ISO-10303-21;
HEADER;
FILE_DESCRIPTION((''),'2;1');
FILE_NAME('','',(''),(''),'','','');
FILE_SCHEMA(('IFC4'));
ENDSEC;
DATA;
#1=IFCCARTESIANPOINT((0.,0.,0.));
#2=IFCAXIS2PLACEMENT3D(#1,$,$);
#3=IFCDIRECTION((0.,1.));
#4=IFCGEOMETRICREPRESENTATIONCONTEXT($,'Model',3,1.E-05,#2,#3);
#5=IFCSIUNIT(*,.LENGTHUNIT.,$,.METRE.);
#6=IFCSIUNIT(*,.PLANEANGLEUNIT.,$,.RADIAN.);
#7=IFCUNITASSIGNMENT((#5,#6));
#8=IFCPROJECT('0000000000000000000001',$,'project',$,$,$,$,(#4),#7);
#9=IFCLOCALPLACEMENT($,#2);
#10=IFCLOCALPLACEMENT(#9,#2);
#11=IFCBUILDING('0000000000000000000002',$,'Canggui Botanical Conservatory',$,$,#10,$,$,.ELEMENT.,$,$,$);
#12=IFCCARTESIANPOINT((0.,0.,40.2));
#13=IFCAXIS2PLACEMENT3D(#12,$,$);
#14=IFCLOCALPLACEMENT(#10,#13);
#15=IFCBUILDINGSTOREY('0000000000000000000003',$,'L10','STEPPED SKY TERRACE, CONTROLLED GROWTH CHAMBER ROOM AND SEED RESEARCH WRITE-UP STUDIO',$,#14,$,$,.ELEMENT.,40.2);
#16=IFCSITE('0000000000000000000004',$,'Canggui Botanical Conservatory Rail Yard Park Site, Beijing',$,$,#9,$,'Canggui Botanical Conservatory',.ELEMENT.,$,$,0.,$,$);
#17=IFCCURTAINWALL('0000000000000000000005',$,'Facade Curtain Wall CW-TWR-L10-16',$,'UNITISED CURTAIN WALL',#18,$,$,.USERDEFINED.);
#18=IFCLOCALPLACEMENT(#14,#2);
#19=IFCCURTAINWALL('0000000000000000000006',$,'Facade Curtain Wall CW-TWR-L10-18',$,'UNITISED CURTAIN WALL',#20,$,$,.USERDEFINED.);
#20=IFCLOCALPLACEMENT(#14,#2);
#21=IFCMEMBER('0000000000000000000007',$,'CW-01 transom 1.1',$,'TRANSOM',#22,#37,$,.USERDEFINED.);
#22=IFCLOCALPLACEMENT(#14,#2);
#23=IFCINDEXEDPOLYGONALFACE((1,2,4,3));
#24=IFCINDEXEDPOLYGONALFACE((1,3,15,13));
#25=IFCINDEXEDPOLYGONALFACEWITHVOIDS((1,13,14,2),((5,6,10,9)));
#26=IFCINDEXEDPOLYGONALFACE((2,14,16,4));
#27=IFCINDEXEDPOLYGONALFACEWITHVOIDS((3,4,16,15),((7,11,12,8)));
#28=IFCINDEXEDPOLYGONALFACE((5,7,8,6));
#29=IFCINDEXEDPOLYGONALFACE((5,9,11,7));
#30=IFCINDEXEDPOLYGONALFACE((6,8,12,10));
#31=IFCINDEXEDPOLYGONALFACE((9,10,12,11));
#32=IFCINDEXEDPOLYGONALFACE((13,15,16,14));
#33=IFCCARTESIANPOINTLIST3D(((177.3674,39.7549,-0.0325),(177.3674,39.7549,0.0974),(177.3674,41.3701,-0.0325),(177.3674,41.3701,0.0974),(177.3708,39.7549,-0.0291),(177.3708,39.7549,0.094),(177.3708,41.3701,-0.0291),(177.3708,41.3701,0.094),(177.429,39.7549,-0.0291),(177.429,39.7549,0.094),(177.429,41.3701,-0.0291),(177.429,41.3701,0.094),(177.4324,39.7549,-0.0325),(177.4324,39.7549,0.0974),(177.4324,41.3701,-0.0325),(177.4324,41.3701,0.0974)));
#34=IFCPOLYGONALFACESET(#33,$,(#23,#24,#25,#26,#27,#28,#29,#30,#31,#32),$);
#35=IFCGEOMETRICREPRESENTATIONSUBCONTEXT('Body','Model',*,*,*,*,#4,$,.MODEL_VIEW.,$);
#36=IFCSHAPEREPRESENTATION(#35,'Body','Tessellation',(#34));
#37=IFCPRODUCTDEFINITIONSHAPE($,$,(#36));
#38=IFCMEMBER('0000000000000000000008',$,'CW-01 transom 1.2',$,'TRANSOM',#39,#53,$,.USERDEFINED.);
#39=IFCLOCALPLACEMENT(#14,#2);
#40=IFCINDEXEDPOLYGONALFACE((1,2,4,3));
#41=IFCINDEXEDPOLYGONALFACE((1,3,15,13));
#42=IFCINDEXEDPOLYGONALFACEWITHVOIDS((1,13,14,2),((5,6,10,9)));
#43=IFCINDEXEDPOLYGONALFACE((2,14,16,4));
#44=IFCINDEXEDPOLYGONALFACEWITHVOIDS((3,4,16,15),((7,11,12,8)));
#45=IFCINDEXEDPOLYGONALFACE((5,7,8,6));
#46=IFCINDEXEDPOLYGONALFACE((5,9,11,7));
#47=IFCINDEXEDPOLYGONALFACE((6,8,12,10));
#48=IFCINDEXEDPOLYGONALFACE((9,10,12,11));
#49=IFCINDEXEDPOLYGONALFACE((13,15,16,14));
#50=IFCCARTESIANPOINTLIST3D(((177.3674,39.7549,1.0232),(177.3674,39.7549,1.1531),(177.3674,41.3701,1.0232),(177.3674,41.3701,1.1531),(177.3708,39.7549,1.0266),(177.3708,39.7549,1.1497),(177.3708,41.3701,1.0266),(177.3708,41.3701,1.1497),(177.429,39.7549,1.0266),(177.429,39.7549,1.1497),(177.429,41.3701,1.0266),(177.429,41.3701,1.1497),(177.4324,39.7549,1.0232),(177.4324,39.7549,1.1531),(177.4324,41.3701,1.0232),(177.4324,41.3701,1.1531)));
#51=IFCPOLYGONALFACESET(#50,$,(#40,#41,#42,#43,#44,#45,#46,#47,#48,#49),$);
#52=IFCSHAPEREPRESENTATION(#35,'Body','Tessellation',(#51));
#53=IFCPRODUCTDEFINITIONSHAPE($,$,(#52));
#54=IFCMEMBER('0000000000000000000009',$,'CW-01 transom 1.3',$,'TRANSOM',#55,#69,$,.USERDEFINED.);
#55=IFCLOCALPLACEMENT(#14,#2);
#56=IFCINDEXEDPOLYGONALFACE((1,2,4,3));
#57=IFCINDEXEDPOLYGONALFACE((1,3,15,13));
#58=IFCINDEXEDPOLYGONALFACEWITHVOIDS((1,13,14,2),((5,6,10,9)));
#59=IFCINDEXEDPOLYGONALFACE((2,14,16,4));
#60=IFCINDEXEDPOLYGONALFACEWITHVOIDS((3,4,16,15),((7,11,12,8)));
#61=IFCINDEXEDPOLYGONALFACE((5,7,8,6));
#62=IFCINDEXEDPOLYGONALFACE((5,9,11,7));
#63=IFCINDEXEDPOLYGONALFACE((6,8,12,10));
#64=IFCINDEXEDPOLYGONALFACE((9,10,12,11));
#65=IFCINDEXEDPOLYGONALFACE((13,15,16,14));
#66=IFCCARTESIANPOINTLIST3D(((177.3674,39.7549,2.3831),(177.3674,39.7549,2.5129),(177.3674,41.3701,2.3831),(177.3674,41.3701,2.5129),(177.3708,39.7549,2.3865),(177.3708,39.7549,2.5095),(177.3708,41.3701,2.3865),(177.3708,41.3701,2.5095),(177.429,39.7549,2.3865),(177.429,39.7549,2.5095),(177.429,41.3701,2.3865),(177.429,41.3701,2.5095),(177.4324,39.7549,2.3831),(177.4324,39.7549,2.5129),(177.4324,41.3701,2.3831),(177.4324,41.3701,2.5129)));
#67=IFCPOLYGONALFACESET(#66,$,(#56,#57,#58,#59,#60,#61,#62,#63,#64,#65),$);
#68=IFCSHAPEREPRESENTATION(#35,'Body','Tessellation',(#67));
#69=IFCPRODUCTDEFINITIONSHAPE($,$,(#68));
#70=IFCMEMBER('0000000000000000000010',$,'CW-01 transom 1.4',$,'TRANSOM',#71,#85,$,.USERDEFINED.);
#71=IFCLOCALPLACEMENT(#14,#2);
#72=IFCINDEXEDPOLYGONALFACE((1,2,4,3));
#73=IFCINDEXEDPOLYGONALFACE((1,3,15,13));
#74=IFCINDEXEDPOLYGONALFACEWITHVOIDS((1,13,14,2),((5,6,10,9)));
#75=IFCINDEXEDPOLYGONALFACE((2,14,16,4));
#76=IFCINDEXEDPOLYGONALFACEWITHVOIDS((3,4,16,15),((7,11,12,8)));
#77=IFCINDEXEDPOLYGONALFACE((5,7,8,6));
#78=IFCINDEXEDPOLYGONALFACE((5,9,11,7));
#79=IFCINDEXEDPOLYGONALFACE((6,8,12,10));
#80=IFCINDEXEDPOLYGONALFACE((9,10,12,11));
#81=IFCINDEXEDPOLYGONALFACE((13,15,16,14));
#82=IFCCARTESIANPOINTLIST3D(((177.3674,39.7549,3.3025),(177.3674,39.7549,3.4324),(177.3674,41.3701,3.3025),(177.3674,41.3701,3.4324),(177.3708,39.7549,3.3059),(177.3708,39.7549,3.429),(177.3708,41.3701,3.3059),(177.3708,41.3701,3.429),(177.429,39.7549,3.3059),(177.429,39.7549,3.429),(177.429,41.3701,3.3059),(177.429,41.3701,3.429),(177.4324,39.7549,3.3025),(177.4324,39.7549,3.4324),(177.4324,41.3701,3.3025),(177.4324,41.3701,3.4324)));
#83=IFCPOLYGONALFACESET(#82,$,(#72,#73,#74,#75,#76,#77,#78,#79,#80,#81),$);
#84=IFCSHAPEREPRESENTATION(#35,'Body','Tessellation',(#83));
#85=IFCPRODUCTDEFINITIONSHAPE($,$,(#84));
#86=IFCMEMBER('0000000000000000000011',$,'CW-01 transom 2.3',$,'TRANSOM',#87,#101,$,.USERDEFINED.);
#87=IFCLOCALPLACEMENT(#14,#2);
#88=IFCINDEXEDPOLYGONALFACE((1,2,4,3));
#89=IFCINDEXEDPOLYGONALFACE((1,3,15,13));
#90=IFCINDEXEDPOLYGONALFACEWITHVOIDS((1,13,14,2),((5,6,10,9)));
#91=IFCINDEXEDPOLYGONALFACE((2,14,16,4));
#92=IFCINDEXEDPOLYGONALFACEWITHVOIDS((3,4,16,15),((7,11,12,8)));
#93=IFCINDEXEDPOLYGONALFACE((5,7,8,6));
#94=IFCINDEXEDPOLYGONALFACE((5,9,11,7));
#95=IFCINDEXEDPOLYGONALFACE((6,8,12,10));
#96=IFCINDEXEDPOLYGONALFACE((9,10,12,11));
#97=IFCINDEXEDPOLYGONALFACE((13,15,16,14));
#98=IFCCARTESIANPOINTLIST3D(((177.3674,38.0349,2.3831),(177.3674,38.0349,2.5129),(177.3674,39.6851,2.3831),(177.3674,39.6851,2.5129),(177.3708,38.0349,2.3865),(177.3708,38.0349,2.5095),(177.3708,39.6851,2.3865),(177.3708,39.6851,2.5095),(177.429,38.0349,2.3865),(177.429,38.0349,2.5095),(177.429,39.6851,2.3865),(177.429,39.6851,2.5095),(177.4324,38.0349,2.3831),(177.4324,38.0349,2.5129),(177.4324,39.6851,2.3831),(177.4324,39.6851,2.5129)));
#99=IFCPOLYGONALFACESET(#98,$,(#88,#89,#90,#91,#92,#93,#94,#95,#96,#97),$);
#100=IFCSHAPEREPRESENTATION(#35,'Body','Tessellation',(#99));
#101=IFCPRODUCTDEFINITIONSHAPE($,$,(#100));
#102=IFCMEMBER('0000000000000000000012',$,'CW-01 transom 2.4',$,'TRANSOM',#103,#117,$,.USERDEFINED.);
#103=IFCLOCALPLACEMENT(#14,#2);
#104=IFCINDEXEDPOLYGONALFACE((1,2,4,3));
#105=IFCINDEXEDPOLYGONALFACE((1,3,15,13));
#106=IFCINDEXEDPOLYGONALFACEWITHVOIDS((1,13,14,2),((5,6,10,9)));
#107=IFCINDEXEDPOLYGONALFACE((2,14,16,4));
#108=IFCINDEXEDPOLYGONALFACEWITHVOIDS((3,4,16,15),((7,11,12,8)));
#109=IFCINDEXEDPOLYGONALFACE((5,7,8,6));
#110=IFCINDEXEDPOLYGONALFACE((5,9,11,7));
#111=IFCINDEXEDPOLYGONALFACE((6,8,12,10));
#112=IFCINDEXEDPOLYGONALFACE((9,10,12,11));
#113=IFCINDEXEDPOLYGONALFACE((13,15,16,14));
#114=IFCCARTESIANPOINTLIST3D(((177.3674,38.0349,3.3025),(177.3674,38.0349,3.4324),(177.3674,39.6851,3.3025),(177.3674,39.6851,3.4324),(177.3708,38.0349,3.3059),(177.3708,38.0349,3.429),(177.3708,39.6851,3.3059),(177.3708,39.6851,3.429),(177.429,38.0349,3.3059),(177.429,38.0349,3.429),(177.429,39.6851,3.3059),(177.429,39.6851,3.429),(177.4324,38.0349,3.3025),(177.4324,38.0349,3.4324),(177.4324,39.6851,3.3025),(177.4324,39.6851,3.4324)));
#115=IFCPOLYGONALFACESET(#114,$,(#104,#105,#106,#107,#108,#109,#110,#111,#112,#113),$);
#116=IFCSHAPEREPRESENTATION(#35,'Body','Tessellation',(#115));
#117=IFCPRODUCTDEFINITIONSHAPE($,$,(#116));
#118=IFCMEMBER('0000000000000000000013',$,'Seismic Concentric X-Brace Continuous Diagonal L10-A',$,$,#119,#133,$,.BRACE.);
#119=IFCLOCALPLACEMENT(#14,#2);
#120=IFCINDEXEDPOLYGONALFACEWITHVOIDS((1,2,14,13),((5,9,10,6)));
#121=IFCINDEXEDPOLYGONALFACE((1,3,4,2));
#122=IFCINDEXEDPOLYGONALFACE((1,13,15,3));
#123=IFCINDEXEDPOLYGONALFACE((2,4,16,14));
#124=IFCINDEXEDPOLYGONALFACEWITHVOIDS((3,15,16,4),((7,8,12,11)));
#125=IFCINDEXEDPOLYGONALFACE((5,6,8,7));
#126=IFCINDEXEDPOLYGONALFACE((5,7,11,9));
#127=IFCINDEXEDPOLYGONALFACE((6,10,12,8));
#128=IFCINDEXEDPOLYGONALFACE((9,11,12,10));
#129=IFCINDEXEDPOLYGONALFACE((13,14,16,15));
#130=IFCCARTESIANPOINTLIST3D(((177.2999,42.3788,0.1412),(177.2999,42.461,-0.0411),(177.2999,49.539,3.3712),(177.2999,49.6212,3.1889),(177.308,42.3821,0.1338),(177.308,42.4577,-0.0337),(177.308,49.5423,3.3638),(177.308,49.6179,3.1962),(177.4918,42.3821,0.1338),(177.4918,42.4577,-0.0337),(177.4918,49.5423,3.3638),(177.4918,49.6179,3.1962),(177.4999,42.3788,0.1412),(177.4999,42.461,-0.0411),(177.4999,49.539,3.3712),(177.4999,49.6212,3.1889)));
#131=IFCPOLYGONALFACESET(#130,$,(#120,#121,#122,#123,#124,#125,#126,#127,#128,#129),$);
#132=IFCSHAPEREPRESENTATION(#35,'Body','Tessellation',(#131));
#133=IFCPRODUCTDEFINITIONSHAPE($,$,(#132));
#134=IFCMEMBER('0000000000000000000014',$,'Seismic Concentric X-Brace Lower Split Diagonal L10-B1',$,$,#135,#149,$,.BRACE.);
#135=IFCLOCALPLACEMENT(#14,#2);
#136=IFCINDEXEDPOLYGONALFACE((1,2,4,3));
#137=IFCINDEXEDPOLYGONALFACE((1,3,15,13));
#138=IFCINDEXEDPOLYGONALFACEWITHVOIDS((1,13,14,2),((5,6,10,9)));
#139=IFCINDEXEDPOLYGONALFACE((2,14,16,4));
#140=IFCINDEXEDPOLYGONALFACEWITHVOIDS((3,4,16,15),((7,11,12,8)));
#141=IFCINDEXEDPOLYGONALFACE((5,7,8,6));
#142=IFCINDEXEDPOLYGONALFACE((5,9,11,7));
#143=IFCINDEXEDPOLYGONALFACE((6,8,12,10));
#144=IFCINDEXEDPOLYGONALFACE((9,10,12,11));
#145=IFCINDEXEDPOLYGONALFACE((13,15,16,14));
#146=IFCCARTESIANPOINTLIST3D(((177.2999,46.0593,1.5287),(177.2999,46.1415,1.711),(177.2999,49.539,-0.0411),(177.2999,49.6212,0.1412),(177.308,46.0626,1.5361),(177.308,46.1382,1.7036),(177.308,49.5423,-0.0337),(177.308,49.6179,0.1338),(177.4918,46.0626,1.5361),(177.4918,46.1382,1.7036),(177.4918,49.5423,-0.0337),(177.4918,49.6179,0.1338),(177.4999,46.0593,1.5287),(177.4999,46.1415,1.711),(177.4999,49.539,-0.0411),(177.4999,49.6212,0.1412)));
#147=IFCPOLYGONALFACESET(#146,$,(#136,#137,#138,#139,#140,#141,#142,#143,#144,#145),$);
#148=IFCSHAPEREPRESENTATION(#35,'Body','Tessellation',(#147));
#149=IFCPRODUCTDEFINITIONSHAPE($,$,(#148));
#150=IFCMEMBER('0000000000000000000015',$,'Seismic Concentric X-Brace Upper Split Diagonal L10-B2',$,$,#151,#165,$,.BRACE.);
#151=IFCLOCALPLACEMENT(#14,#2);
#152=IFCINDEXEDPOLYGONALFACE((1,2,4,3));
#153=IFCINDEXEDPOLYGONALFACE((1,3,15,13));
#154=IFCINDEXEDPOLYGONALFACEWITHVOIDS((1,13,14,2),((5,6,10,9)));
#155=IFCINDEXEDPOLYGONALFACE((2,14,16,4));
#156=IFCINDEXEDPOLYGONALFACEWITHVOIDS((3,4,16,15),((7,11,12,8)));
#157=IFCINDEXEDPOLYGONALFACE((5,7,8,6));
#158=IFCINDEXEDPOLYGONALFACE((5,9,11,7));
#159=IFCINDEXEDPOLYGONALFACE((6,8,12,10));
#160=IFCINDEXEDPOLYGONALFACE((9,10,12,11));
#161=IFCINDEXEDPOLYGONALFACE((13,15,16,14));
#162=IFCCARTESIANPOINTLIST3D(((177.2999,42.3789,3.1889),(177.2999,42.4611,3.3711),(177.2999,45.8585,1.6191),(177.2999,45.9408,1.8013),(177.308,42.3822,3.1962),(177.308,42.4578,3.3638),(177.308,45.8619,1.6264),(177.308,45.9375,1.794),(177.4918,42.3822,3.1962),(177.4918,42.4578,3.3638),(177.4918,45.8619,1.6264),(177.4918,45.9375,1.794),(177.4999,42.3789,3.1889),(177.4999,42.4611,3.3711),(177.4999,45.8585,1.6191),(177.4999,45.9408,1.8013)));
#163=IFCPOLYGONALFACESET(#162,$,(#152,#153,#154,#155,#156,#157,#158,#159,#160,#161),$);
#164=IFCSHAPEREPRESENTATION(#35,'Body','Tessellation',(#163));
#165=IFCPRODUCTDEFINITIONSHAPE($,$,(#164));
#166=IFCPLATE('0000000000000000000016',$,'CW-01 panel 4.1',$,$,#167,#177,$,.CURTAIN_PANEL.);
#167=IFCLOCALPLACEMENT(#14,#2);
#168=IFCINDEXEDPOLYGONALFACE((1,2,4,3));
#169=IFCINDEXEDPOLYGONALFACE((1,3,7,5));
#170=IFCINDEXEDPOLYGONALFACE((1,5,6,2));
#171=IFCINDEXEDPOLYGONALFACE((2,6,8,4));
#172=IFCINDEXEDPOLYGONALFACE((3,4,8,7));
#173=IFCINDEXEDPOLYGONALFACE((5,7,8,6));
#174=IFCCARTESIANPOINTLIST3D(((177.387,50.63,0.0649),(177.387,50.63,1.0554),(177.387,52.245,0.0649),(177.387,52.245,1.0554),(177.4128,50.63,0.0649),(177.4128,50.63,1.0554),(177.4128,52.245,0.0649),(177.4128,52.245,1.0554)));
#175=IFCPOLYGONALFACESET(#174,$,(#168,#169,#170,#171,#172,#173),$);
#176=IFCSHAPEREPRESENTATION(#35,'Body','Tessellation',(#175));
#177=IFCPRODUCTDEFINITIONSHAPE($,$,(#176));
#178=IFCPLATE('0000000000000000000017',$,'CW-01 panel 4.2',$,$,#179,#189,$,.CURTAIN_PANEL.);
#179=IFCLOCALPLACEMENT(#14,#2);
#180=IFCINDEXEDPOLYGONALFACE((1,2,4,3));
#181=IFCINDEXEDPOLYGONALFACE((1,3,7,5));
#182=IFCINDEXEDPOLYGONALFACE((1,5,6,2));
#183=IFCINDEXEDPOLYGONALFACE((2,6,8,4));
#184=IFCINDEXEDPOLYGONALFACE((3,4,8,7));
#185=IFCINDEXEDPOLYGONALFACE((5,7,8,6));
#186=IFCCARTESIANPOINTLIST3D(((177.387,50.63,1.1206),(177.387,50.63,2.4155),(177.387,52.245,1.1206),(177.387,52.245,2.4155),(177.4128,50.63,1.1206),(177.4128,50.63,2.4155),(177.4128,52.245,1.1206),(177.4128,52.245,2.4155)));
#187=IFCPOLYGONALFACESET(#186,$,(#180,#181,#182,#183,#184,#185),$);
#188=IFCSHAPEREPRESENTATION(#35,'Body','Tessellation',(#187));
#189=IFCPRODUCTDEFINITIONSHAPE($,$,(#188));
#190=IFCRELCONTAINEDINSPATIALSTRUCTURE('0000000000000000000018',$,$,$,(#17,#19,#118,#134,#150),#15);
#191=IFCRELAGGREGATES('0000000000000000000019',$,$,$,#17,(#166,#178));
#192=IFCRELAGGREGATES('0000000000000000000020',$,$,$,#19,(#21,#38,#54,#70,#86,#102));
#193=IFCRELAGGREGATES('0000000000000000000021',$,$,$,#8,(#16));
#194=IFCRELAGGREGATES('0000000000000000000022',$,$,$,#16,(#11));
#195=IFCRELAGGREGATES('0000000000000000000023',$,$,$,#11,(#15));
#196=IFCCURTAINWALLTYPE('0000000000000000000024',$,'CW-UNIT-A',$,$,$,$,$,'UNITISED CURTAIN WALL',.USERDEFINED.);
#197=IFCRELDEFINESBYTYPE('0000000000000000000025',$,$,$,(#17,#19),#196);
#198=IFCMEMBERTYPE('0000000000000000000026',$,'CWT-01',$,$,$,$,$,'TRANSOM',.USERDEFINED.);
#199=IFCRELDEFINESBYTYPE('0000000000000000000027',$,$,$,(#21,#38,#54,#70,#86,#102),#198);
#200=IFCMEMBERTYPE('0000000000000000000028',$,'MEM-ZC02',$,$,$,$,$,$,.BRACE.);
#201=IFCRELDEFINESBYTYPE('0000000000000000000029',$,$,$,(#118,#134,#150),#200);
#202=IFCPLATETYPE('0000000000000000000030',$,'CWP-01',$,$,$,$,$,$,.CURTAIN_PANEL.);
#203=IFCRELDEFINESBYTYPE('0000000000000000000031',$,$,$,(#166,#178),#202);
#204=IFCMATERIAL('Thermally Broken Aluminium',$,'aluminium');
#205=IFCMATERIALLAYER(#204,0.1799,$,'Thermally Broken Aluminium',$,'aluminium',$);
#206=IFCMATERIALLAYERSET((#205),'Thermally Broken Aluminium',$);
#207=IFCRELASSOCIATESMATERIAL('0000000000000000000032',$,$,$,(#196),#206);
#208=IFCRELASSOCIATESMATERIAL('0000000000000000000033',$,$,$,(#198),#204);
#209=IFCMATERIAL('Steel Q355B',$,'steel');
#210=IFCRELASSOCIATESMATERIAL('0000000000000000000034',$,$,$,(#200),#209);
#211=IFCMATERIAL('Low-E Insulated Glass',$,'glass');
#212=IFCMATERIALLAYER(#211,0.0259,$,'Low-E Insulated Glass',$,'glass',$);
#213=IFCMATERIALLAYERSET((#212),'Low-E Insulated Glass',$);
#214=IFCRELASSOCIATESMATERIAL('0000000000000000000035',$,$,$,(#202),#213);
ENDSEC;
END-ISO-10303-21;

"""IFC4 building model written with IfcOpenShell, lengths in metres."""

from ifc_helpers import new_model, si_unit, direction, frame, origin, origin_2d, place, context, subcontext, project, spatial, rectangle, hollow_rectangle, extrude, material, layer, layer_set, material_profile, profile_set, type_object, element, aggregate, save


model = new_model("IFC4")

# Units and contexts
model_context = context("Model", 3, precision=1e-05, world=origin(), true_north=direction((0.0, 1.0)))
body_context = subcontext(model_context, "Body", "Model", "MODEL_VIEW")
ifc_project = project(units=[si_unit("LENGTHUNIT", "METRE"), si_unit("PLANEANGLEUNIT", "RADIAN")], contexts=[model_context])

# Site, building, storey
site_placement = place(None, origin())
site = spatial("IfcSite", under=ifc_project, at=site_placement, Name="Canggui Botanical Conservatory Rail Yard Park Site, Beijing", LongName="Canggui Botanical Conservatory", CompositionType="ELEMENT", RefElevation=0.0)
building_placement = place(site_placement, origin())
building = spatial("IfcBuilding", under=site, at=building_placement, Name="Canggui Botanical Conservatory", CompositionType="ELEMENT")
storey_placement = place(building_placement, frame((0.0, 0.0, 40.2)))
storey = spatial("IfcBuildingStorey", under=building, at=storey_placement, Name="L10", Description="STEPPED SKY TERRACE, CONTROLLED GROWTH CHAMBER ROOM AND SEED RESEARCH WRITE-UP STUDIO", CompositionType="ELEMENT", Elevation=40.2)

# Curtain walls
ifc_material_1 = material(Name="Thermally Broken Aluminium", Category="aluminium")
ifc_layer_1 = layer(ifc_material_1, 0.1799, Name="Thermally Broken Aluminium", Category="aluminium")
ifc_layer_set_1 = layer_set([ifc_layer_1], Name="Thermally Broken Aluminium")
curtain_wall_type = type_object("IfcCurtainWallType", Name="CW-UNIT-A", ElementType="UNITISED CURTAIN WALL", PredefinedType="USERDEFINED", material=ifc_layer_set_1)
curtain_wall_1_placement = place(storey_placement, origin())
curtain_wall_1 = element("IfcCurtainWall", 1, at=curtain_wall_1_placement, inside=storey, type_object=curtain_wall_type, Name="Facade Curtain Wall CW-TWR-L10-16", ObjectType="UNITISED CURTAIN WALL", PredefinedType="USERDEFINED")
curtain_wall_2_placement = place(storey_placement, origin())
curtain_wall_2 = element("IfcCurtainWall", 2, at=curtain_wall_2_placement, inside=storey, type_object=curtain_wall_type, Name="Facade Curtain Wall CW-TWR-L10-18", ObjectType="UNITISED CURTAIN WALL", PredefinedType="USERDEFINED")

# Members
ifc_material_profile_1 = material_profile(ifc_material_1, hollow_rectangle(XDim=0.0649, YDim=0.1299, WallThickness=0.0034, at=origin_2d()), Name="CWT 65x130x3.5")
ifc_profile_set_1 = profile_set([ifc_material_profile_1], Name="Thermally Broken Aluminium")
member_type_1 = type_object("IfcMemberType", Name="CWT-01", ElementType="TRANSOM", PredefinedType="USERDEFINED", material=ifc_profile_set_1)
member_1_placement = place(storey_placement, frame((177.3999, 41.3701, 0.0325), z_axis=(0.0, -1.0, 0.0), x_axis=(1.0, 0.0, 0.0)))
member_1 = element("IfcMember", 3, at=member_1_placement, type_object=member_type_1, Name="CW-01 transom 1.1", ObjectType="TRANSOM", PredefinedType="USERDEFINED", context=body_context, shape_type="SweptSolid", body=[
    extrude(hollow_rectangle(XDim=0.0649, YDim=0.1299, WallThickness=0.0034, at=origin_2d()), origin(), (0.0, 0.0, 1.0), 1.6152),
])
member_2_placement = place(storey_placement, frame((177.3999, 41.3701, 1.0881), z_axis=(0.0, -1.0, 0.0), x_axis=(1.0, 0.0, 0.0)))
member_2 = element("IfcMember", 4, at=member_2_placement, type_object=member_type_1, Name="CW-01 transom 1.2", ObjectType="TRANSOM", PredefinedType="USERDEFINED", context=body_context, shape_type="SweptSolid", body=[
    extrude(hollow_rectangle(XDim=0.0649, YDim=0.1299, WallThickness=0.0034, at=origin_2d()), origin(), (0.0, 0.0, 1.0), 1.6152),
])
member_3_placement = place(storey_placement, frame((177.3999, 41.3701, 2.448), z_axis=(0.0, -1.0, 0.0), x_axis=(1.0, 0.0, 0.0)))
member_3 = element("IfcMember", 5, at=member_3_placement, type_object=member_type_1, Name="CW-01 transom 1.3", ObjectType="TRANSOM", PredefinedType="USERDEFINED", context=body_context, shape_type="SweptSolid", body=[
    extrude(hollow_rectangle(XDim=0.0649, YDim=0.1299, WallThickness=0.0034, at=origin_2d()), origin(), (0.0, 0.0, 1.0), 1.6152),
])
member_4_placement = place(storey_placement, frame((177.3999, 41.3701, 3.3674), z_axis=(0.0, -1.0, 0.0), x_axis=(1.0, 0.0, 0.0)))
member_4 = element("IfcMember", 6, at=member_4_placement, type_object=member_type_1, Name="CW-01 transom 1.4", ObjectType="TRANSOM", PredefinedType="USERDEFINED", context=body_context, shape_type="SweptSolid", body=[
    extrude(hollow_rectangle(XDim=0.0649, YDim=0.1299, WallThickness=0.0034, at=origin_2d()), origin(), (0.0, 0.0, 1.0), 1.6152),
])
member_5_placement = place(storey_placement, frame((177.3999, 39.6851, 2.448), z_axis=(0.0, -1.0, 0.0), x_axis=(1.0, 0.0, 0.0)))
member_5 = element("IfcMember", 7, at=member_5_placement, type_object=member_type_1, Name="CW-01 transom 2.3", ObjectType="TRANSOM", PredefinedType="USERDEFINED", context=body_context, shape_type="SweptSolid", body=[
    extrude(hollow_rectangle(XDim=0.0649, YDim=0.1299, WallThickness=0.0034, at=origin_2d()), origin(), (0.0, 0.0, 1.0), 1.6501),
])
member_6_placement = place(storey_placement, frame((177.3999, 39.6851, 3.3674), z_axis=(0.0, -1.0, 0.0), x_axis=(1.0, 0.0, 0.0)))
member_6 = element("IfcMember", 8, at=member_6_placement, type_object=member_type_1, Name="CW-01 transom 2.4", ObjectType="TRANSOM", PredefinedType="USERDEFINED", context=body_context, shape_type="SweptSolid", body=[
    extrude(hollow_rectangle(XDim=0.0649, YDim=0.1299, WallThickness=0.0034, at=origin_2d()), origin(), (0.0, 0.0, 1.0), 1.6501),
])

# Members
ifc_material_2 = material(Name="Steel Q355B", Category="steel")
ifc_material_profile_2 = material_profile(ifc_material_2, hollow_rectangle(XDim=0.2, YDim=0.2, WallThickness=0.0081, at=origin_2d()), Name="SHS 200x200x8")
ifc_profile_set_2 = profile_set([ifc_material_profile_2], Name="Steel Q355B")
member_type_2 = type_object("IfcMemberType", Name="MEM-ZC02", PredefinedType="BRACE", material=ifc_profile_set_2)
member_7_placement = place(storey_placement, frame((177.3999, 42.4199, 0.05), z_axis=(0.0, 0.911544, 0.411202), x_axis=(-1.0, 0.0, 0.0)))
element("IfcMember", 9, at=member_7_placement, inside=storey, type_object=member_type_2, Name="Seismic Concentric X-Brace Continuous Diagonal L10-A", PredefinedType="BRACE", context=body_context, shape_type="SweptSolid", body=[
    extrude(hollow_rectangle(XDim=0.2, YDim=0.2, WallThickness=0.0081, at=origin_2d()), origin(), (0.0, 0.0, 1.0), 7.855),
])
for number, where, z_axis, x_axis, name in (
    (10, (177.3999, 49.5801, 0.05), (0.0, -0.911535, 0.411223), (1.0, 0.0, 0.0), "Seismic Concentric X-Brace Lower Split Diagonal L10-B1"),
    (11, (177.3999, 45.8997, 1.7102), (0.0, -0.911535, 0.411223), (1.0, 0.0, 0.0), "Seismic Concentric X-Brace Upper Split Diagonal L10-B2"),
):
    element("IfcMember", number, at=place(storey_placement, frame(where, z_axis=z_axis, x_axis=x_axis)), inside=storey, type_object=member_type_2, Name=name, PredefinedType="BRACE", context=body_context, shape_type="SweptSolid", body=[
        extrude(hollow_rectangle(XDim=0.2, YDim=0.2, WallThickness=0.0081, at=origin_2d()), origin(), (0.0, 0.0, 1.0), 3.8174),
    ])

# Plates
ifc_material_3 = material(Name="Low-E Insulated Glass", Category="glass")
ifc_layer_2 = layer(ifc_material_3, 0.0259, Name="Low-E Insulated Glass", Category="glass")
ifc_layer_set_2 = layer_set([ifc_layer_2], Name="Low-E Insulated Glass")
plate_type_1 = type_object("IfcPlateType", Name="CWP-01", PredefinedType="CURTAIN_PANEL", material=ifc_layer_set_2)
plate_1_placement = place(storey_placement, frame((177.3999, 51.4375, 0.0649), z_axis=(0.0, 0.0, 1.0), x_axis=(0.0, -1.0, 0.0)))
plate_1 = element("IfcPlate", 12, at=plate_1_placement, type_object=plate_type_1, Name="CW-01 panel 4.1", PredefinedType="CURTAIN_PANEL", context=body_context, shape_type="SweptSolid", body=[
    extrude(rectangle(XDim=1.615, YDim=0.0259, at=origin_2d()), origin(), (0.0, 0.0, 1.0), 0.9905),
])
plate_2_placement = place(storey_placement, frame((177.3999, 51.4375, 1.1206), z_axis=(0.0, 0.0, 1.0), x_axis=(0.0, -1.0, 0.0)))
plate_2 = element("IfcPlate", 13, at=plate_2_placement, type_object=plate_type_1, Name="CW-01 panel 4.2", PredefinedType="CURTAIN_PANEL", context=body_context, shape_type="SweptSolid", body=[
    extrude(rectangle(XDim=1.615, YDim=0.0259, at=origin_2d()), origin(), (0.0, 0.0, 1.0), 1.2949),
])
aggregate(curtain_wall_1, [plate_1, plate_2])
aggregate(curtain_wall_2, [member_1, member_2, member_3, member_4, member_5, member_6])

save(model, "model.ifc")
